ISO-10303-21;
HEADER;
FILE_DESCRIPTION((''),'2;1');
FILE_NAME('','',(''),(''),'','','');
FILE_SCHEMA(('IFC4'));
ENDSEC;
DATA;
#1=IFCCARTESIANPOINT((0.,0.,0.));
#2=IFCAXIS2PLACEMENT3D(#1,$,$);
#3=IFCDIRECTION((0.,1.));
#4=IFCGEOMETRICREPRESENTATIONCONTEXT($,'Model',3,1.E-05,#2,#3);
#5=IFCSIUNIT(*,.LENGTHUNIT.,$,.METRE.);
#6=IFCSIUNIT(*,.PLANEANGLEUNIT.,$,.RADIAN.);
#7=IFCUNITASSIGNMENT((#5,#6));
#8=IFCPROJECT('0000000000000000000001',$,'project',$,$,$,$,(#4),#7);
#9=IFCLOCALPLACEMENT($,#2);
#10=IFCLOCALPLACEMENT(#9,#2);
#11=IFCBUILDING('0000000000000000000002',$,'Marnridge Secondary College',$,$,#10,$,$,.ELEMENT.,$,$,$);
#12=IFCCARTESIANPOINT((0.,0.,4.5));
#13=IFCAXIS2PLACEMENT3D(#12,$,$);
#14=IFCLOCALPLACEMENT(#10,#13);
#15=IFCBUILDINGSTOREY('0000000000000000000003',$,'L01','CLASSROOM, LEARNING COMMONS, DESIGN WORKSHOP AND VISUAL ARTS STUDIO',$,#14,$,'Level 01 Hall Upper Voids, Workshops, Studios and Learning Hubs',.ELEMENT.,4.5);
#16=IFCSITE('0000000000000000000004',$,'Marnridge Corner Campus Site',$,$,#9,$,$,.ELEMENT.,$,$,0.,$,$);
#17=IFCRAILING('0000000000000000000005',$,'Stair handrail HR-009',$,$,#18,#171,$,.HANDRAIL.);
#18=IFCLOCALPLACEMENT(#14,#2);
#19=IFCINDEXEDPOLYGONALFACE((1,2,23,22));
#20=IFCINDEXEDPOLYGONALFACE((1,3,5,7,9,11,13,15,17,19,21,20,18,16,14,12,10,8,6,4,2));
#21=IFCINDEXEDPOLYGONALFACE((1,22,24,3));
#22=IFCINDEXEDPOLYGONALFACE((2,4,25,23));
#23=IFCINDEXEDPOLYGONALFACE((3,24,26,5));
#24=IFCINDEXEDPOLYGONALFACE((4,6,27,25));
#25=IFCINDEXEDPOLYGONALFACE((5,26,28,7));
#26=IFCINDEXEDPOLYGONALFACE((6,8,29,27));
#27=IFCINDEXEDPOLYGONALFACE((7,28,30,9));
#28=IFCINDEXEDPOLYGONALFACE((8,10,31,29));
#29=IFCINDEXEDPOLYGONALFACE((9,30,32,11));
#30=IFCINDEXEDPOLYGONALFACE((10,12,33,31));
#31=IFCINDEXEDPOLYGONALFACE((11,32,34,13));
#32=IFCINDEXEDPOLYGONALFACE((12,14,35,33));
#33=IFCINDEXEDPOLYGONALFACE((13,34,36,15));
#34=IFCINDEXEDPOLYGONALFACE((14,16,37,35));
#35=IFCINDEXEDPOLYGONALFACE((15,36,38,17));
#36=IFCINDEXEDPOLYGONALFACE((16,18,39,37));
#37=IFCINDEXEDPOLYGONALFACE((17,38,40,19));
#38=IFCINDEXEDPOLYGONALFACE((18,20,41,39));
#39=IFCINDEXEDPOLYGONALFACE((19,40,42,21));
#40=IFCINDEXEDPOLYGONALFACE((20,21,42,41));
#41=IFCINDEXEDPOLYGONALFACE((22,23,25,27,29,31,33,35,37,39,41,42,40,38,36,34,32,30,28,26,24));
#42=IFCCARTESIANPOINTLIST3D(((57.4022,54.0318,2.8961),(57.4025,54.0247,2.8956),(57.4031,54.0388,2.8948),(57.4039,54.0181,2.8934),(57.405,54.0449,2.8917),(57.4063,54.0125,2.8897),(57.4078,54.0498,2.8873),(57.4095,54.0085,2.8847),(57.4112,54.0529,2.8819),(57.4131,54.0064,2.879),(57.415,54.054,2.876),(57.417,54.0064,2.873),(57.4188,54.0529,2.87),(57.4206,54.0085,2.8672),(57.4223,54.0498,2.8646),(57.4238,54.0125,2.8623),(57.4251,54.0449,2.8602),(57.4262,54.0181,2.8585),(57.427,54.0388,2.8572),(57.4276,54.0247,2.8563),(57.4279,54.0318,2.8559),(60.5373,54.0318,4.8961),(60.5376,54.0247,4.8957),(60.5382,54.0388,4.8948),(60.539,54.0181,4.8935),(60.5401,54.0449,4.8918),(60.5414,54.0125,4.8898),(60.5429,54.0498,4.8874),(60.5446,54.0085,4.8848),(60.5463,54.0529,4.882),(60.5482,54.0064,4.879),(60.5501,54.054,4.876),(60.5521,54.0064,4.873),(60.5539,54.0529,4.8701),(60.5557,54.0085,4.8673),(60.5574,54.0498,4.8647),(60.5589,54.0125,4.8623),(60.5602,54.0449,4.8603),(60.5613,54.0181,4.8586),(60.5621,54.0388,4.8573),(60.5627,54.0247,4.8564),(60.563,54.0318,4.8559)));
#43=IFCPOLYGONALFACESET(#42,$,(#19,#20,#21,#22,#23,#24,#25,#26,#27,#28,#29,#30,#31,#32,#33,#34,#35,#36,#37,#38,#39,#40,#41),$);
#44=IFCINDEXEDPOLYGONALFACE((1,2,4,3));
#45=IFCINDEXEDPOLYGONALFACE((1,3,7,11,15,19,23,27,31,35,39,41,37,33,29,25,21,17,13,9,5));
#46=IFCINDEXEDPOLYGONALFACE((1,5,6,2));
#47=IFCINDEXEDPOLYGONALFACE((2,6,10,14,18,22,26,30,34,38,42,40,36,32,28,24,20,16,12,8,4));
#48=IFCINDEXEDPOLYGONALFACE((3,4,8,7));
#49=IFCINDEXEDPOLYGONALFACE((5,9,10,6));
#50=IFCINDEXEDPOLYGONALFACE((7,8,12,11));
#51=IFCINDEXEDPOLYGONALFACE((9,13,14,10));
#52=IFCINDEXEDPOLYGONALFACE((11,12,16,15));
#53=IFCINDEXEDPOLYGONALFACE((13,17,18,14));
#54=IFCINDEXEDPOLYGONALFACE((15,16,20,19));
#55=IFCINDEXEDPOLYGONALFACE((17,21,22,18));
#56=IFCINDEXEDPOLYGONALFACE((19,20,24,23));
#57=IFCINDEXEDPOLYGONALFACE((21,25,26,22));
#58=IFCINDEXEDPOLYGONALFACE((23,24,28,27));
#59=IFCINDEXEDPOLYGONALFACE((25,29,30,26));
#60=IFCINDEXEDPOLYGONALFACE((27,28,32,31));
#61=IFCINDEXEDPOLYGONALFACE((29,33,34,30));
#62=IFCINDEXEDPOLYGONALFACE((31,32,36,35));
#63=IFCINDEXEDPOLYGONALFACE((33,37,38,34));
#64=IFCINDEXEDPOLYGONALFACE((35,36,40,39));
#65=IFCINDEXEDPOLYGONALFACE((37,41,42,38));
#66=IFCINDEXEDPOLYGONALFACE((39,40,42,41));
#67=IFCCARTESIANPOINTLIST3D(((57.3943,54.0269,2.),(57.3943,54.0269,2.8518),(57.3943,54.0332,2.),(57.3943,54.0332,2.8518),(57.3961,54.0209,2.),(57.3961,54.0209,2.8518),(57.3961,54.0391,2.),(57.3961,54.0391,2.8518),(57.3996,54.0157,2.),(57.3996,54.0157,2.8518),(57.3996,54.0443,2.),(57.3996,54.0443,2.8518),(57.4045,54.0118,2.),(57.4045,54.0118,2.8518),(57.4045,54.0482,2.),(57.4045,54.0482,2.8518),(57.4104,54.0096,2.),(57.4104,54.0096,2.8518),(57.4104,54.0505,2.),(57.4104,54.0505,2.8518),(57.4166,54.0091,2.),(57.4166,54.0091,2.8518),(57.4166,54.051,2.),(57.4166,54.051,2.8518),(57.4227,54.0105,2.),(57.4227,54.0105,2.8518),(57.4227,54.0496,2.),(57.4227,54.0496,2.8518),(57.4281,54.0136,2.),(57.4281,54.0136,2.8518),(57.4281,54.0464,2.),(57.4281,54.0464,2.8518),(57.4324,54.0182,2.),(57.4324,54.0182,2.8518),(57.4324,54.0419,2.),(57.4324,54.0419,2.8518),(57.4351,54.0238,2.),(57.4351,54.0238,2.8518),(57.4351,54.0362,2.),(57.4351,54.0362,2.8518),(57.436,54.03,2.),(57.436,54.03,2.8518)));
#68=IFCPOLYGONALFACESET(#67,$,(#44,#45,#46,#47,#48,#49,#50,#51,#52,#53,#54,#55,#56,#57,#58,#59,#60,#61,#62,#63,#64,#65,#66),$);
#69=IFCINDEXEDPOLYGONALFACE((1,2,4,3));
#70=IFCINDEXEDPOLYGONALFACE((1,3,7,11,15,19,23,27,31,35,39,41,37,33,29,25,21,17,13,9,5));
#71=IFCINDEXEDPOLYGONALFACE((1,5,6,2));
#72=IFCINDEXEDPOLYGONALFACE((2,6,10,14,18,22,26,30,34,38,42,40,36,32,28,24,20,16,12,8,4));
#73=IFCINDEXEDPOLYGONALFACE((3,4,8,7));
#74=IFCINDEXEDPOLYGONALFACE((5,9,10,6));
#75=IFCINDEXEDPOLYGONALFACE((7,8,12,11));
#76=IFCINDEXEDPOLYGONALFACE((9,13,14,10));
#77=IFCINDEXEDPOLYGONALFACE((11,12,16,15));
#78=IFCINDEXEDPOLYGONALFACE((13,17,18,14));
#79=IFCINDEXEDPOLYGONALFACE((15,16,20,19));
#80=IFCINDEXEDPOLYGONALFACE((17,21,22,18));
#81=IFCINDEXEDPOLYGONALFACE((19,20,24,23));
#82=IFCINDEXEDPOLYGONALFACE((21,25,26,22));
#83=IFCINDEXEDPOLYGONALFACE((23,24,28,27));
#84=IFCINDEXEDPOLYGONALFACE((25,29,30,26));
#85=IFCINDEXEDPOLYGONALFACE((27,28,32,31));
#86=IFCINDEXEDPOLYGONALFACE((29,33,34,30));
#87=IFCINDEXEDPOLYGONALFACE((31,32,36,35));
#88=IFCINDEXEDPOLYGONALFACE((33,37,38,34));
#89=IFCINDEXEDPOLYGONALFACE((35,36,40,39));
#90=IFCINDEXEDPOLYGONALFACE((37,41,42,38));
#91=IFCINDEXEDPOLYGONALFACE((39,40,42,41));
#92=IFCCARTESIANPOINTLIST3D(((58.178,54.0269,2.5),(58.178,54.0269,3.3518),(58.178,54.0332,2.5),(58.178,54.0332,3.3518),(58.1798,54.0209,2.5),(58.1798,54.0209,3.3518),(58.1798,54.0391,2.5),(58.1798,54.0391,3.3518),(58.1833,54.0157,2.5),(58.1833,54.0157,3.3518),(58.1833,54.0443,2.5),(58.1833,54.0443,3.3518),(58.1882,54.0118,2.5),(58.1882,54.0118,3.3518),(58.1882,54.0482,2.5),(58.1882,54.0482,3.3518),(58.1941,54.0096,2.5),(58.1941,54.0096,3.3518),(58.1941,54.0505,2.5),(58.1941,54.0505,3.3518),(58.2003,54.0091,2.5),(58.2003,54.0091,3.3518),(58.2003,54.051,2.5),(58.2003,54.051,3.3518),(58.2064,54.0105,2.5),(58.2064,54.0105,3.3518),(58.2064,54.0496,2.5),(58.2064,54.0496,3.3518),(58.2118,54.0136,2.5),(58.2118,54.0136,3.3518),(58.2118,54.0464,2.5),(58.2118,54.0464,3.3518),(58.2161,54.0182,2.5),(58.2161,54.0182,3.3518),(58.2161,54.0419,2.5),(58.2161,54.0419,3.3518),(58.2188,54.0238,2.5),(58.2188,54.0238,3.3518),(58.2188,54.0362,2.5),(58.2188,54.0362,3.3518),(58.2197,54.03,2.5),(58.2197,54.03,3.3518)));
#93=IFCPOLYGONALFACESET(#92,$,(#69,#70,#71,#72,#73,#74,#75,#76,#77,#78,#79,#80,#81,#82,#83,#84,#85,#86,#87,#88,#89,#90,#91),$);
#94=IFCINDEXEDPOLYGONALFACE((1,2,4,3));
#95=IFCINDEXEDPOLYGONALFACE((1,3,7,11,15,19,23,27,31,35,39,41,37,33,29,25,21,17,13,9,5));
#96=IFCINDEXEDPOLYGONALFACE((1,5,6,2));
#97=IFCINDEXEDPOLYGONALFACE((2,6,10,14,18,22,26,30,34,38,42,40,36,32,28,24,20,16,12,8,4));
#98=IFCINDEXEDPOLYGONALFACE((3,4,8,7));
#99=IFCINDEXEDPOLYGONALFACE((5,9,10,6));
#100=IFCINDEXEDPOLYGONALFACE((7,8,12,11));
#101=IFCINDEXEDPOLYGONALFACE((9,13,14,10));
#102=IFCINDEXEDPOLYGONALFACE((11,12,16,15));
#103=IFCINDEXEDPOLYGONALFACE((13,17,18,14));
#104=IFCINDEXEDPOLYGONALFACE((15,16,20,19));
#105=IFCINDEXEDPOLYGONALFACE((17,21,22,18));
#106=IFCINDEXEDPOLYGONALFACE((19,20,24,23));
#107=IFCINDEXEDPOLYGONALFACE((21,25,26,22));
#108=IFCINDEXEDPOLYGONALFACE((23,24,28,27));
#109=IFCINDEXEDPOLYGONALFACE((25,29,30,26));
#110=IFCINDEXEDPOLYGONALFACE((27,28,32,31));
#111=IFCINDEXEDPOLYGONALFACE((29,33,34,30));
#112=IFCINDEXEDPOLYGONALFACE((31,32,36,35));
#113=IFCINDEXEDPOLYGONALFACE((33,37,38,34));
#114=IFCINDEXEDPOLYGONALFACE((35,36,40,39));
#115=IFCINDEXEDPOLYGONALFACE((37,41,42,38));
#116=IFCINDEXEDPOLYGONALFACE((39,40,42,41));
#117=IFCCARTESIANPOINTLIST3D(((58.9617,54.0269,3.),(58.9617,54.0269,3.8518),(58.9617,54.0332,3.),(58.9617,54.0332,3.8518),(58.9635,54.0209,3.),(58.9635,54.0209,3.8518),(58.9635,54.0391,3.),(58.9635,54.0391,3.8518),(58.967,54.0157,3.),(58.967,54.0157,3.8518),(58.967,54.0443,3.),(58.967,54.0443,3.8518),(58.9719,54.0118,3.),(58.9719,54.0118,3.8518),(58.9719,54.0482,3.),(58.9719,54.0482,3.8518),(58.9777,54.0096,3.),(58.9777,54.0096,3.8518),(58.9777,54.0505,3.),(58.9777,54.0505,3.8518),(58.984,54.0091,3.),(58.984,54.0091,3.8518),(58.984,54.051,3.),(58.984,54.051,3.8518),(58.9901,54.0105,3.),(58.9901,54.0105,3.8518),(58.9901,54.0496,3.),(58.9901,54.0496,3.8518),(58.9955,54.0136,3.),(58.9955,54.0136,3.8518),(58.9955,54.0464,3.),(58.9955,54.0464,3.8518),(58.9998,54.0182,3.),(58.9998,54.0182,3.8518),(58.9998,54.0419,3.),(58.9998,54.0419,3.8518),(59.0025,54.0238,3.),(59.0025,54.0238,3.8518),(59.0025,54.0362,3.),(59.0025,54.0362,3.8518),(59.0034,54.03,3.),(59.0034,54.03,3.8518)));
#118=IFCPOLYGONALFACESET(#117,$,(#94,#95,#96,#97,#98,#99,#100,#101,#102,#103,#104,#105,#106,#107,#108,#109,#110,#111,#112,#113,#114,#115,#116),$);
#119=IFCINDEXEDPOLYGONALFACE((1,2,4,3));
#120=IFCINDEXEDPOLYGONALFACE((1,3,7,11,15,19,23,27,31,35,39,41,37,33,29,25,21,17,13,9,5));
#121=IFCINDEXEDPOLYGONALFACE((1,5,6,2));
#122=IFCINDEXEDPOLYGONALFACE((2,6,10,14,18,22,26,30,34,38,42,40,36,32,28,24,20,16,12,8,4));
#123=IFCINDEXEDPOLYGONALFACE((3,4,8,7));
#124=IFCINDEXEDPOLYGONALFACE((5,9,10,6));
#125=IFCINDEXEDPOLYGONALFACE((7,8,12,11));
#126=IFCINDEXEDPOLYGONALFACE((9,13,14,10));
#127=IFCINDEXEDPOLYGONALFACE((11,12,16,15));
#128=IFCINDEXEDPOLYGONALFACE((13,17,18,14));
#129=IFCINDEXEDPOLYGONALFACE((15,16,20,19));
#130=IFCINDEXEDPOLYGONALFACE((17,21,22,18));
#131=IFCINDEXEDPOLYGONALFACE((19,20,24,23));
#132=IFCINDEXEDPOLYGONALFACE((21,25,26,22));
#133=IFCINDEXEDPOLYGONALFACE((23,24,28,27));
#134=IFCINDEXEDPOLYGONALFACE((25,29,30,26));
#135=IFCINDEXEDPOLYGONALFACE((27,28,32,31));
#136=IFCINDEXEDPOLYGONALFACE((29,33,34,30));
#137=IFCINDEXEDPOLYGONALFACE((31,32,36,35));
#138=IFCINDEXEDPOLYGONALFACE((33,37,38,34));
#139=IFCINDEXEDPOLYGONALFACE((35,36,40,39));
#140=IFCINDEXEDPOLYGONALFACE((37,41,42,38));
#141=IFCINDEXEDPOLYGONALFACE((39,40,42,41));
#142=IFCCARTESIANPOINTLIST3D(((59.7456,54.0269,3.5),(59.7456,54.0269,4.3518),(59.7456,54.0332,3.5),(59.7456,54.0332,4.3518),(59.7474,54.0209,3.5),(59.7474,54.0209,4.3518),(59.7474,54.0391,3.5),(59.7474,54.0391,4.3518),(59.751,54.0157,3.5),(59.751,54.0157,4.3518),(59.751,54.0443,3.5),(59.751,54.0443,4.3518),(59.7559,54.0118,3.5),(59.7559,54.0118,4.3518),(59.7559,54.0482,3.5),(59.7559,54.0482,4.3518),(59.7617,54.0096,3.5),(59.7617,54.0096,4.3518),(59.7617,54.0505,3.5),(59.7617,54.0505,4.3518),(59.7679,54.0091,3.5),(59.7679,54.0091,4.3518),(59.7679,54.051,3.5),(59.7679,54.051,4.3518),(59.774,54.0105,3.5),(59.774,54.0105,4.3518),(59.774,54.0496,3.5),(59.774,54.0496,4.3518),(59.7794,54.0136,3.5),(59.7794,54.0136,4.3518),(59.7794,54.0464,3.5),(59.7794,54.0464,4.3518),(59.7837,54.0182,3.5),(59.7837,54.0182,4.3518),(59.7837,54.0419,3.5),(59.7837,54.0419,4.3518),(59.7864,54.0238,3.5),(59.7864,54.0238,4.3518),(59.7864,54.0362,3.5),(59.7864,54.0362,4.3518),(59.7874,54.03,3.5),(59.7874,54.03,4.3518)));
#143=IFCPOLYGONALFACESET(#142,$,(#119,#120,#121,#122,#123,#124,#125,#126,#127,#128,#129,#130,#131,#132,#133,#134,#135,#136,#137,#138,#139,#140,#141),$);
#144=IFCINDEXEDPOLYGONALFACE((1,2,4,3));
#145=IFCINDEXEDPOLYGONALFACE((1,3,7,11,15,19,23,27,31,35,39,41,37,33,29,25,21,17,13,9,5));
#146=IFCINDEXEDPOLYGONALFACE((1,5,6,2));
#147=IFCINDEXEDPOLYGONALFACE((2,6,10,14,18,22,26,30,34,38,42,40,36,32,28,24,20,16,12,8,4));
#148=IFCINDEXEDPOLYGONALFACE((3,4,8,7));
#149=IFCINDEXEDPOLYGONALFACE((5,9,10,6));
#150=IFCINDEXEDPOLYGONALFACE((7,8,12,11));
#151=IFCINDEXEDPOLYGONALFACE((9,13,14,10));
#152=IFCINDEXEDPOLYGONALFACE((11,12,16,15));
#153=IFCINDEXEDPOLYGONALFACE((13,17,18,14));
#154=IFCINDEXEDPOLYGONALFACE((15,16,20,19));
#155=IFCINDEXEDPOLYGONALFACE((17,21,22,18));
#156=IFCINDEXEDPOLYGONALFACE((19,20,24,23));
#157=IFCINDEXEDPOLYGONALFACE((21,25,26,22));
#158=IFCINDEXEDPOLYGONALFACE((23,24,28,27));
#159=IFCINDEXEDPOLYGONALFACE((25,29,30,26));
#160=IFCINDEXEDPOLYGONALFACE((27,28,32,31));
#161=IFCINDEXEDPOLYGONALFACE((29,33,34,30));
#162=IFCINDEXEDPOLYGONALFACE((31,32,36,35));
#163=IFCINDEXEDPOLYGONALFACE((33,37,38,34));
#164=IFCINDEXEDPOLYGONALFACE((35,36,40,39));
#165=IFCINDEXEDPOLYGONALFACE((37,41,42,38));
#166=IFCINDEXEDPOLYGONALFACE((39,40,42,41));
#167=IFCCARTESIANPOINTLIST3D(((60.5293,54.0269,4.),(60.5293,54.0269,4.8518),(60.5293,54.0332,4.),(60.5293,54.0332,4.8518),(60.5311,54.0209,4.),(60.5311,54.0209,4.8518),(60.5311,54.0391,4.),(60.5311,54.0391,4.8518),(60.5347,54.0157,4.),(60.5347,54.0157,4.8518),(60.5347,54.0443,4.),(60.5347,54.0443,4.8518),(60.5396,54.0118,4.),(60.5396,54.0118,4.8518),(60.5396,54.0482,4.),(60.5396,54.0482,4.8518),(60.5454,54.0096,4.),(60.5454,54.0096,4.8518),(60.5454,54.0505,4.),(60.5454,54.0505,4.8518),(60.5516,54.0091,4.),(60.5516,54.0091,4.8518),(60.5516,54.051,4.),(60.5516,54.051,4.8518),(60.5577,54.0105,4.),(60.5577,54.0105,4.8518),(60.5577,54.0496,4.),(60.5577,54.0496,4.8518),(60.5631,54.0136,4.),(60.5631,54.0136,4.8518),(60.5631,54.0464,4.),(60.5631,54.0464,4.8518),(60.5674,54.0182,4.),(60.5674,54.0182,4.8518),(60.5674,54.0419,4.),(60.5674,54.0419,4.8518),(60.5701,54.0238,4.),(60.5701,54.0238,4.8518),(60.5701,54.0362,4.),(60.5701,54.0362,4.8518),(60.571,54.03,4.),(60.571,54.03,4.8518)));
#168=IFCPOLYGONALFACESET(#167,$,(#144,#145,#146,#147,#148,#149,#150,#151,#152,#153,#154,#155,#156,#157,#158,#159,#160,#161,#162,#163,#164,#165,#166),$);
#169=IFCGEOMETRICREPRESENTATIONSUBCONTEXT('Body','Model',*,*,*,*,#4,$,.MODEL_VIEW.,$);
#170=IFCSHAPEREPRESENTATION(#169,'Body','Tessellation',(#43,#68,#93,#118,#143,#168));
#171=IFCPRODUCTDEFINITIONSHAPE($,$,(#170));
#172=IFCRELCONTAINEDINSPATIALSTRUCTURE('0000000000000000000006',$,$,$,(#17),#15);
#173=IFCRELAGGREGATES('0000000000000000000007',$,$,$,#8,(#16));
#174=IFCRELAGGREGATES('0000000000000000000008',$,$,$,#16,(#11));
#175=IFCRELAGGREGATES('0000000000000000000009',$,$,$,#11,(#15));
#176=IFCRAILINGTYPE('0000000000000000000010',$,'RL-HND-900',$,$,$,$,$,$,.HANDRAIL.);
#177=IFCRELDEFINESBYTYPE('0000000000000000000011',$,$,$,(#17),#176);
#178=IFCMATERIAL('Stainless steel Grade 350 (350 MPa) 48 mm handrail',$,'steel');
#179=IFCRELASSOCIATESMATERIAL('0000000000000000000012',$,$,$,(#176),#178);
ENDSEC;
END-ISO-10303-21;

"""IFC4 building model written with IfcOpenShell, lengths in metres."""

from ifc_helpers import new_model, si_unit, direction, frame, origin, origin_2d, place, context, subcontext, project, spatial, circle, extrude, material, type_object, element, save


model = new_model("IFC4")

# Units and contexts
model_context = context("Model", 3, precision=1e-05, world=origin(), true_north=direction((0.0, 1.0)))
body_context = subcontext(model_context, "Body", "Model", "MODEL_VIEW")
ifc_project = project(units=[si_unit("LENGTHUNIT", "METRE"), si_unit("PLANEANGLEUNIT", "RADIAN")], contexts=[model_context])

# Site, building, storey
site_placement = place(None, origin())
site = spatial("IfcSite", under=ifc_project, at=site_placement, Name="Marnridge Corner Campus Site", CompositionType="ELEMENT", RefElevation=0.0)
building_placement = place(site_placement, origin())
building = spatial("IfcBuilding", under=site, at=building_placement, Name="Marnridge Secondary College", CompositionType="ELEMENT")
storey_placement = place(building_placement, frame((0.0, 0.0, 4.5)))
storey = spatial("IfcBuildingStorey", under=building, at=storey_placement, Name="L01", Description="CLASSROOM, LEARNING COMMONS, DESIGN WORKSHOP AND VISUAL ARTS STUDIO", LongName="Level 01 Hall Upper Voids, Workshops, Studios and Learning Hubs", CompositionType="ELEMENT", Elevation=4.5)

# Railing
ifc_material_1 = material(Name="Stainless steel Grade 350 (350 MPa) 48 mm handrail", Category="steel")
railing_type_1 = type_object("IfcRailingType", Name="RL-HND-900", PredefinedType="HANDRAIL", material=ifc_material_1)
for number, where, name in (
    (1, (57.415, 54.03, 2.0), "Stair handrail HR-009"),
):
    element("IfcRailing", number, at=place(storey_placement, frame(where)), inside=storey, type_object=railing_type_1, Name=name, PredefinedType="HANDRAIL", context=body_context, shape_type="SweptSolid", body=[
        extrude(circle(Radius=0.0239, at=origin_2d()), frame((0.0, 0.0, 0.876), z_axis=(0.843053, 0.0, 0.537831), x_axis=(0.0, 1.0, 0.0)), (0.0, 0.0, 1.0), 3.7188),
        extrude(circle(Radius=0.021, at=origin_2d()), origin(), (0.0, 0.0, 1.0), 0.8518),
        extrude(circle(Radius=0.021, at=origin_2d()), frame((0.7837, 0.0, 0.5)), (0.0, 0.0, 1.0), 0.8518),
        extrude(circle(Radius=0.021, at=origin_2d()), frame((1.5674, 0.0, 1.0)), (0.0, 0.0, 1.0), 0.8518),
        extrude(circle(Radius=0.021, at=origin_2d()), frame((2.3513, 0.0, 1.5)), (0.0, 0.0, 1.0), 0.8518),
        extrude(circle(Radius=0.021, at=origin_2d()), frame((3.135, 0.0, 2.0)), (0.0, 0.0, 1.0), 0.8518),
    ])

save(model, "model.ifc")
